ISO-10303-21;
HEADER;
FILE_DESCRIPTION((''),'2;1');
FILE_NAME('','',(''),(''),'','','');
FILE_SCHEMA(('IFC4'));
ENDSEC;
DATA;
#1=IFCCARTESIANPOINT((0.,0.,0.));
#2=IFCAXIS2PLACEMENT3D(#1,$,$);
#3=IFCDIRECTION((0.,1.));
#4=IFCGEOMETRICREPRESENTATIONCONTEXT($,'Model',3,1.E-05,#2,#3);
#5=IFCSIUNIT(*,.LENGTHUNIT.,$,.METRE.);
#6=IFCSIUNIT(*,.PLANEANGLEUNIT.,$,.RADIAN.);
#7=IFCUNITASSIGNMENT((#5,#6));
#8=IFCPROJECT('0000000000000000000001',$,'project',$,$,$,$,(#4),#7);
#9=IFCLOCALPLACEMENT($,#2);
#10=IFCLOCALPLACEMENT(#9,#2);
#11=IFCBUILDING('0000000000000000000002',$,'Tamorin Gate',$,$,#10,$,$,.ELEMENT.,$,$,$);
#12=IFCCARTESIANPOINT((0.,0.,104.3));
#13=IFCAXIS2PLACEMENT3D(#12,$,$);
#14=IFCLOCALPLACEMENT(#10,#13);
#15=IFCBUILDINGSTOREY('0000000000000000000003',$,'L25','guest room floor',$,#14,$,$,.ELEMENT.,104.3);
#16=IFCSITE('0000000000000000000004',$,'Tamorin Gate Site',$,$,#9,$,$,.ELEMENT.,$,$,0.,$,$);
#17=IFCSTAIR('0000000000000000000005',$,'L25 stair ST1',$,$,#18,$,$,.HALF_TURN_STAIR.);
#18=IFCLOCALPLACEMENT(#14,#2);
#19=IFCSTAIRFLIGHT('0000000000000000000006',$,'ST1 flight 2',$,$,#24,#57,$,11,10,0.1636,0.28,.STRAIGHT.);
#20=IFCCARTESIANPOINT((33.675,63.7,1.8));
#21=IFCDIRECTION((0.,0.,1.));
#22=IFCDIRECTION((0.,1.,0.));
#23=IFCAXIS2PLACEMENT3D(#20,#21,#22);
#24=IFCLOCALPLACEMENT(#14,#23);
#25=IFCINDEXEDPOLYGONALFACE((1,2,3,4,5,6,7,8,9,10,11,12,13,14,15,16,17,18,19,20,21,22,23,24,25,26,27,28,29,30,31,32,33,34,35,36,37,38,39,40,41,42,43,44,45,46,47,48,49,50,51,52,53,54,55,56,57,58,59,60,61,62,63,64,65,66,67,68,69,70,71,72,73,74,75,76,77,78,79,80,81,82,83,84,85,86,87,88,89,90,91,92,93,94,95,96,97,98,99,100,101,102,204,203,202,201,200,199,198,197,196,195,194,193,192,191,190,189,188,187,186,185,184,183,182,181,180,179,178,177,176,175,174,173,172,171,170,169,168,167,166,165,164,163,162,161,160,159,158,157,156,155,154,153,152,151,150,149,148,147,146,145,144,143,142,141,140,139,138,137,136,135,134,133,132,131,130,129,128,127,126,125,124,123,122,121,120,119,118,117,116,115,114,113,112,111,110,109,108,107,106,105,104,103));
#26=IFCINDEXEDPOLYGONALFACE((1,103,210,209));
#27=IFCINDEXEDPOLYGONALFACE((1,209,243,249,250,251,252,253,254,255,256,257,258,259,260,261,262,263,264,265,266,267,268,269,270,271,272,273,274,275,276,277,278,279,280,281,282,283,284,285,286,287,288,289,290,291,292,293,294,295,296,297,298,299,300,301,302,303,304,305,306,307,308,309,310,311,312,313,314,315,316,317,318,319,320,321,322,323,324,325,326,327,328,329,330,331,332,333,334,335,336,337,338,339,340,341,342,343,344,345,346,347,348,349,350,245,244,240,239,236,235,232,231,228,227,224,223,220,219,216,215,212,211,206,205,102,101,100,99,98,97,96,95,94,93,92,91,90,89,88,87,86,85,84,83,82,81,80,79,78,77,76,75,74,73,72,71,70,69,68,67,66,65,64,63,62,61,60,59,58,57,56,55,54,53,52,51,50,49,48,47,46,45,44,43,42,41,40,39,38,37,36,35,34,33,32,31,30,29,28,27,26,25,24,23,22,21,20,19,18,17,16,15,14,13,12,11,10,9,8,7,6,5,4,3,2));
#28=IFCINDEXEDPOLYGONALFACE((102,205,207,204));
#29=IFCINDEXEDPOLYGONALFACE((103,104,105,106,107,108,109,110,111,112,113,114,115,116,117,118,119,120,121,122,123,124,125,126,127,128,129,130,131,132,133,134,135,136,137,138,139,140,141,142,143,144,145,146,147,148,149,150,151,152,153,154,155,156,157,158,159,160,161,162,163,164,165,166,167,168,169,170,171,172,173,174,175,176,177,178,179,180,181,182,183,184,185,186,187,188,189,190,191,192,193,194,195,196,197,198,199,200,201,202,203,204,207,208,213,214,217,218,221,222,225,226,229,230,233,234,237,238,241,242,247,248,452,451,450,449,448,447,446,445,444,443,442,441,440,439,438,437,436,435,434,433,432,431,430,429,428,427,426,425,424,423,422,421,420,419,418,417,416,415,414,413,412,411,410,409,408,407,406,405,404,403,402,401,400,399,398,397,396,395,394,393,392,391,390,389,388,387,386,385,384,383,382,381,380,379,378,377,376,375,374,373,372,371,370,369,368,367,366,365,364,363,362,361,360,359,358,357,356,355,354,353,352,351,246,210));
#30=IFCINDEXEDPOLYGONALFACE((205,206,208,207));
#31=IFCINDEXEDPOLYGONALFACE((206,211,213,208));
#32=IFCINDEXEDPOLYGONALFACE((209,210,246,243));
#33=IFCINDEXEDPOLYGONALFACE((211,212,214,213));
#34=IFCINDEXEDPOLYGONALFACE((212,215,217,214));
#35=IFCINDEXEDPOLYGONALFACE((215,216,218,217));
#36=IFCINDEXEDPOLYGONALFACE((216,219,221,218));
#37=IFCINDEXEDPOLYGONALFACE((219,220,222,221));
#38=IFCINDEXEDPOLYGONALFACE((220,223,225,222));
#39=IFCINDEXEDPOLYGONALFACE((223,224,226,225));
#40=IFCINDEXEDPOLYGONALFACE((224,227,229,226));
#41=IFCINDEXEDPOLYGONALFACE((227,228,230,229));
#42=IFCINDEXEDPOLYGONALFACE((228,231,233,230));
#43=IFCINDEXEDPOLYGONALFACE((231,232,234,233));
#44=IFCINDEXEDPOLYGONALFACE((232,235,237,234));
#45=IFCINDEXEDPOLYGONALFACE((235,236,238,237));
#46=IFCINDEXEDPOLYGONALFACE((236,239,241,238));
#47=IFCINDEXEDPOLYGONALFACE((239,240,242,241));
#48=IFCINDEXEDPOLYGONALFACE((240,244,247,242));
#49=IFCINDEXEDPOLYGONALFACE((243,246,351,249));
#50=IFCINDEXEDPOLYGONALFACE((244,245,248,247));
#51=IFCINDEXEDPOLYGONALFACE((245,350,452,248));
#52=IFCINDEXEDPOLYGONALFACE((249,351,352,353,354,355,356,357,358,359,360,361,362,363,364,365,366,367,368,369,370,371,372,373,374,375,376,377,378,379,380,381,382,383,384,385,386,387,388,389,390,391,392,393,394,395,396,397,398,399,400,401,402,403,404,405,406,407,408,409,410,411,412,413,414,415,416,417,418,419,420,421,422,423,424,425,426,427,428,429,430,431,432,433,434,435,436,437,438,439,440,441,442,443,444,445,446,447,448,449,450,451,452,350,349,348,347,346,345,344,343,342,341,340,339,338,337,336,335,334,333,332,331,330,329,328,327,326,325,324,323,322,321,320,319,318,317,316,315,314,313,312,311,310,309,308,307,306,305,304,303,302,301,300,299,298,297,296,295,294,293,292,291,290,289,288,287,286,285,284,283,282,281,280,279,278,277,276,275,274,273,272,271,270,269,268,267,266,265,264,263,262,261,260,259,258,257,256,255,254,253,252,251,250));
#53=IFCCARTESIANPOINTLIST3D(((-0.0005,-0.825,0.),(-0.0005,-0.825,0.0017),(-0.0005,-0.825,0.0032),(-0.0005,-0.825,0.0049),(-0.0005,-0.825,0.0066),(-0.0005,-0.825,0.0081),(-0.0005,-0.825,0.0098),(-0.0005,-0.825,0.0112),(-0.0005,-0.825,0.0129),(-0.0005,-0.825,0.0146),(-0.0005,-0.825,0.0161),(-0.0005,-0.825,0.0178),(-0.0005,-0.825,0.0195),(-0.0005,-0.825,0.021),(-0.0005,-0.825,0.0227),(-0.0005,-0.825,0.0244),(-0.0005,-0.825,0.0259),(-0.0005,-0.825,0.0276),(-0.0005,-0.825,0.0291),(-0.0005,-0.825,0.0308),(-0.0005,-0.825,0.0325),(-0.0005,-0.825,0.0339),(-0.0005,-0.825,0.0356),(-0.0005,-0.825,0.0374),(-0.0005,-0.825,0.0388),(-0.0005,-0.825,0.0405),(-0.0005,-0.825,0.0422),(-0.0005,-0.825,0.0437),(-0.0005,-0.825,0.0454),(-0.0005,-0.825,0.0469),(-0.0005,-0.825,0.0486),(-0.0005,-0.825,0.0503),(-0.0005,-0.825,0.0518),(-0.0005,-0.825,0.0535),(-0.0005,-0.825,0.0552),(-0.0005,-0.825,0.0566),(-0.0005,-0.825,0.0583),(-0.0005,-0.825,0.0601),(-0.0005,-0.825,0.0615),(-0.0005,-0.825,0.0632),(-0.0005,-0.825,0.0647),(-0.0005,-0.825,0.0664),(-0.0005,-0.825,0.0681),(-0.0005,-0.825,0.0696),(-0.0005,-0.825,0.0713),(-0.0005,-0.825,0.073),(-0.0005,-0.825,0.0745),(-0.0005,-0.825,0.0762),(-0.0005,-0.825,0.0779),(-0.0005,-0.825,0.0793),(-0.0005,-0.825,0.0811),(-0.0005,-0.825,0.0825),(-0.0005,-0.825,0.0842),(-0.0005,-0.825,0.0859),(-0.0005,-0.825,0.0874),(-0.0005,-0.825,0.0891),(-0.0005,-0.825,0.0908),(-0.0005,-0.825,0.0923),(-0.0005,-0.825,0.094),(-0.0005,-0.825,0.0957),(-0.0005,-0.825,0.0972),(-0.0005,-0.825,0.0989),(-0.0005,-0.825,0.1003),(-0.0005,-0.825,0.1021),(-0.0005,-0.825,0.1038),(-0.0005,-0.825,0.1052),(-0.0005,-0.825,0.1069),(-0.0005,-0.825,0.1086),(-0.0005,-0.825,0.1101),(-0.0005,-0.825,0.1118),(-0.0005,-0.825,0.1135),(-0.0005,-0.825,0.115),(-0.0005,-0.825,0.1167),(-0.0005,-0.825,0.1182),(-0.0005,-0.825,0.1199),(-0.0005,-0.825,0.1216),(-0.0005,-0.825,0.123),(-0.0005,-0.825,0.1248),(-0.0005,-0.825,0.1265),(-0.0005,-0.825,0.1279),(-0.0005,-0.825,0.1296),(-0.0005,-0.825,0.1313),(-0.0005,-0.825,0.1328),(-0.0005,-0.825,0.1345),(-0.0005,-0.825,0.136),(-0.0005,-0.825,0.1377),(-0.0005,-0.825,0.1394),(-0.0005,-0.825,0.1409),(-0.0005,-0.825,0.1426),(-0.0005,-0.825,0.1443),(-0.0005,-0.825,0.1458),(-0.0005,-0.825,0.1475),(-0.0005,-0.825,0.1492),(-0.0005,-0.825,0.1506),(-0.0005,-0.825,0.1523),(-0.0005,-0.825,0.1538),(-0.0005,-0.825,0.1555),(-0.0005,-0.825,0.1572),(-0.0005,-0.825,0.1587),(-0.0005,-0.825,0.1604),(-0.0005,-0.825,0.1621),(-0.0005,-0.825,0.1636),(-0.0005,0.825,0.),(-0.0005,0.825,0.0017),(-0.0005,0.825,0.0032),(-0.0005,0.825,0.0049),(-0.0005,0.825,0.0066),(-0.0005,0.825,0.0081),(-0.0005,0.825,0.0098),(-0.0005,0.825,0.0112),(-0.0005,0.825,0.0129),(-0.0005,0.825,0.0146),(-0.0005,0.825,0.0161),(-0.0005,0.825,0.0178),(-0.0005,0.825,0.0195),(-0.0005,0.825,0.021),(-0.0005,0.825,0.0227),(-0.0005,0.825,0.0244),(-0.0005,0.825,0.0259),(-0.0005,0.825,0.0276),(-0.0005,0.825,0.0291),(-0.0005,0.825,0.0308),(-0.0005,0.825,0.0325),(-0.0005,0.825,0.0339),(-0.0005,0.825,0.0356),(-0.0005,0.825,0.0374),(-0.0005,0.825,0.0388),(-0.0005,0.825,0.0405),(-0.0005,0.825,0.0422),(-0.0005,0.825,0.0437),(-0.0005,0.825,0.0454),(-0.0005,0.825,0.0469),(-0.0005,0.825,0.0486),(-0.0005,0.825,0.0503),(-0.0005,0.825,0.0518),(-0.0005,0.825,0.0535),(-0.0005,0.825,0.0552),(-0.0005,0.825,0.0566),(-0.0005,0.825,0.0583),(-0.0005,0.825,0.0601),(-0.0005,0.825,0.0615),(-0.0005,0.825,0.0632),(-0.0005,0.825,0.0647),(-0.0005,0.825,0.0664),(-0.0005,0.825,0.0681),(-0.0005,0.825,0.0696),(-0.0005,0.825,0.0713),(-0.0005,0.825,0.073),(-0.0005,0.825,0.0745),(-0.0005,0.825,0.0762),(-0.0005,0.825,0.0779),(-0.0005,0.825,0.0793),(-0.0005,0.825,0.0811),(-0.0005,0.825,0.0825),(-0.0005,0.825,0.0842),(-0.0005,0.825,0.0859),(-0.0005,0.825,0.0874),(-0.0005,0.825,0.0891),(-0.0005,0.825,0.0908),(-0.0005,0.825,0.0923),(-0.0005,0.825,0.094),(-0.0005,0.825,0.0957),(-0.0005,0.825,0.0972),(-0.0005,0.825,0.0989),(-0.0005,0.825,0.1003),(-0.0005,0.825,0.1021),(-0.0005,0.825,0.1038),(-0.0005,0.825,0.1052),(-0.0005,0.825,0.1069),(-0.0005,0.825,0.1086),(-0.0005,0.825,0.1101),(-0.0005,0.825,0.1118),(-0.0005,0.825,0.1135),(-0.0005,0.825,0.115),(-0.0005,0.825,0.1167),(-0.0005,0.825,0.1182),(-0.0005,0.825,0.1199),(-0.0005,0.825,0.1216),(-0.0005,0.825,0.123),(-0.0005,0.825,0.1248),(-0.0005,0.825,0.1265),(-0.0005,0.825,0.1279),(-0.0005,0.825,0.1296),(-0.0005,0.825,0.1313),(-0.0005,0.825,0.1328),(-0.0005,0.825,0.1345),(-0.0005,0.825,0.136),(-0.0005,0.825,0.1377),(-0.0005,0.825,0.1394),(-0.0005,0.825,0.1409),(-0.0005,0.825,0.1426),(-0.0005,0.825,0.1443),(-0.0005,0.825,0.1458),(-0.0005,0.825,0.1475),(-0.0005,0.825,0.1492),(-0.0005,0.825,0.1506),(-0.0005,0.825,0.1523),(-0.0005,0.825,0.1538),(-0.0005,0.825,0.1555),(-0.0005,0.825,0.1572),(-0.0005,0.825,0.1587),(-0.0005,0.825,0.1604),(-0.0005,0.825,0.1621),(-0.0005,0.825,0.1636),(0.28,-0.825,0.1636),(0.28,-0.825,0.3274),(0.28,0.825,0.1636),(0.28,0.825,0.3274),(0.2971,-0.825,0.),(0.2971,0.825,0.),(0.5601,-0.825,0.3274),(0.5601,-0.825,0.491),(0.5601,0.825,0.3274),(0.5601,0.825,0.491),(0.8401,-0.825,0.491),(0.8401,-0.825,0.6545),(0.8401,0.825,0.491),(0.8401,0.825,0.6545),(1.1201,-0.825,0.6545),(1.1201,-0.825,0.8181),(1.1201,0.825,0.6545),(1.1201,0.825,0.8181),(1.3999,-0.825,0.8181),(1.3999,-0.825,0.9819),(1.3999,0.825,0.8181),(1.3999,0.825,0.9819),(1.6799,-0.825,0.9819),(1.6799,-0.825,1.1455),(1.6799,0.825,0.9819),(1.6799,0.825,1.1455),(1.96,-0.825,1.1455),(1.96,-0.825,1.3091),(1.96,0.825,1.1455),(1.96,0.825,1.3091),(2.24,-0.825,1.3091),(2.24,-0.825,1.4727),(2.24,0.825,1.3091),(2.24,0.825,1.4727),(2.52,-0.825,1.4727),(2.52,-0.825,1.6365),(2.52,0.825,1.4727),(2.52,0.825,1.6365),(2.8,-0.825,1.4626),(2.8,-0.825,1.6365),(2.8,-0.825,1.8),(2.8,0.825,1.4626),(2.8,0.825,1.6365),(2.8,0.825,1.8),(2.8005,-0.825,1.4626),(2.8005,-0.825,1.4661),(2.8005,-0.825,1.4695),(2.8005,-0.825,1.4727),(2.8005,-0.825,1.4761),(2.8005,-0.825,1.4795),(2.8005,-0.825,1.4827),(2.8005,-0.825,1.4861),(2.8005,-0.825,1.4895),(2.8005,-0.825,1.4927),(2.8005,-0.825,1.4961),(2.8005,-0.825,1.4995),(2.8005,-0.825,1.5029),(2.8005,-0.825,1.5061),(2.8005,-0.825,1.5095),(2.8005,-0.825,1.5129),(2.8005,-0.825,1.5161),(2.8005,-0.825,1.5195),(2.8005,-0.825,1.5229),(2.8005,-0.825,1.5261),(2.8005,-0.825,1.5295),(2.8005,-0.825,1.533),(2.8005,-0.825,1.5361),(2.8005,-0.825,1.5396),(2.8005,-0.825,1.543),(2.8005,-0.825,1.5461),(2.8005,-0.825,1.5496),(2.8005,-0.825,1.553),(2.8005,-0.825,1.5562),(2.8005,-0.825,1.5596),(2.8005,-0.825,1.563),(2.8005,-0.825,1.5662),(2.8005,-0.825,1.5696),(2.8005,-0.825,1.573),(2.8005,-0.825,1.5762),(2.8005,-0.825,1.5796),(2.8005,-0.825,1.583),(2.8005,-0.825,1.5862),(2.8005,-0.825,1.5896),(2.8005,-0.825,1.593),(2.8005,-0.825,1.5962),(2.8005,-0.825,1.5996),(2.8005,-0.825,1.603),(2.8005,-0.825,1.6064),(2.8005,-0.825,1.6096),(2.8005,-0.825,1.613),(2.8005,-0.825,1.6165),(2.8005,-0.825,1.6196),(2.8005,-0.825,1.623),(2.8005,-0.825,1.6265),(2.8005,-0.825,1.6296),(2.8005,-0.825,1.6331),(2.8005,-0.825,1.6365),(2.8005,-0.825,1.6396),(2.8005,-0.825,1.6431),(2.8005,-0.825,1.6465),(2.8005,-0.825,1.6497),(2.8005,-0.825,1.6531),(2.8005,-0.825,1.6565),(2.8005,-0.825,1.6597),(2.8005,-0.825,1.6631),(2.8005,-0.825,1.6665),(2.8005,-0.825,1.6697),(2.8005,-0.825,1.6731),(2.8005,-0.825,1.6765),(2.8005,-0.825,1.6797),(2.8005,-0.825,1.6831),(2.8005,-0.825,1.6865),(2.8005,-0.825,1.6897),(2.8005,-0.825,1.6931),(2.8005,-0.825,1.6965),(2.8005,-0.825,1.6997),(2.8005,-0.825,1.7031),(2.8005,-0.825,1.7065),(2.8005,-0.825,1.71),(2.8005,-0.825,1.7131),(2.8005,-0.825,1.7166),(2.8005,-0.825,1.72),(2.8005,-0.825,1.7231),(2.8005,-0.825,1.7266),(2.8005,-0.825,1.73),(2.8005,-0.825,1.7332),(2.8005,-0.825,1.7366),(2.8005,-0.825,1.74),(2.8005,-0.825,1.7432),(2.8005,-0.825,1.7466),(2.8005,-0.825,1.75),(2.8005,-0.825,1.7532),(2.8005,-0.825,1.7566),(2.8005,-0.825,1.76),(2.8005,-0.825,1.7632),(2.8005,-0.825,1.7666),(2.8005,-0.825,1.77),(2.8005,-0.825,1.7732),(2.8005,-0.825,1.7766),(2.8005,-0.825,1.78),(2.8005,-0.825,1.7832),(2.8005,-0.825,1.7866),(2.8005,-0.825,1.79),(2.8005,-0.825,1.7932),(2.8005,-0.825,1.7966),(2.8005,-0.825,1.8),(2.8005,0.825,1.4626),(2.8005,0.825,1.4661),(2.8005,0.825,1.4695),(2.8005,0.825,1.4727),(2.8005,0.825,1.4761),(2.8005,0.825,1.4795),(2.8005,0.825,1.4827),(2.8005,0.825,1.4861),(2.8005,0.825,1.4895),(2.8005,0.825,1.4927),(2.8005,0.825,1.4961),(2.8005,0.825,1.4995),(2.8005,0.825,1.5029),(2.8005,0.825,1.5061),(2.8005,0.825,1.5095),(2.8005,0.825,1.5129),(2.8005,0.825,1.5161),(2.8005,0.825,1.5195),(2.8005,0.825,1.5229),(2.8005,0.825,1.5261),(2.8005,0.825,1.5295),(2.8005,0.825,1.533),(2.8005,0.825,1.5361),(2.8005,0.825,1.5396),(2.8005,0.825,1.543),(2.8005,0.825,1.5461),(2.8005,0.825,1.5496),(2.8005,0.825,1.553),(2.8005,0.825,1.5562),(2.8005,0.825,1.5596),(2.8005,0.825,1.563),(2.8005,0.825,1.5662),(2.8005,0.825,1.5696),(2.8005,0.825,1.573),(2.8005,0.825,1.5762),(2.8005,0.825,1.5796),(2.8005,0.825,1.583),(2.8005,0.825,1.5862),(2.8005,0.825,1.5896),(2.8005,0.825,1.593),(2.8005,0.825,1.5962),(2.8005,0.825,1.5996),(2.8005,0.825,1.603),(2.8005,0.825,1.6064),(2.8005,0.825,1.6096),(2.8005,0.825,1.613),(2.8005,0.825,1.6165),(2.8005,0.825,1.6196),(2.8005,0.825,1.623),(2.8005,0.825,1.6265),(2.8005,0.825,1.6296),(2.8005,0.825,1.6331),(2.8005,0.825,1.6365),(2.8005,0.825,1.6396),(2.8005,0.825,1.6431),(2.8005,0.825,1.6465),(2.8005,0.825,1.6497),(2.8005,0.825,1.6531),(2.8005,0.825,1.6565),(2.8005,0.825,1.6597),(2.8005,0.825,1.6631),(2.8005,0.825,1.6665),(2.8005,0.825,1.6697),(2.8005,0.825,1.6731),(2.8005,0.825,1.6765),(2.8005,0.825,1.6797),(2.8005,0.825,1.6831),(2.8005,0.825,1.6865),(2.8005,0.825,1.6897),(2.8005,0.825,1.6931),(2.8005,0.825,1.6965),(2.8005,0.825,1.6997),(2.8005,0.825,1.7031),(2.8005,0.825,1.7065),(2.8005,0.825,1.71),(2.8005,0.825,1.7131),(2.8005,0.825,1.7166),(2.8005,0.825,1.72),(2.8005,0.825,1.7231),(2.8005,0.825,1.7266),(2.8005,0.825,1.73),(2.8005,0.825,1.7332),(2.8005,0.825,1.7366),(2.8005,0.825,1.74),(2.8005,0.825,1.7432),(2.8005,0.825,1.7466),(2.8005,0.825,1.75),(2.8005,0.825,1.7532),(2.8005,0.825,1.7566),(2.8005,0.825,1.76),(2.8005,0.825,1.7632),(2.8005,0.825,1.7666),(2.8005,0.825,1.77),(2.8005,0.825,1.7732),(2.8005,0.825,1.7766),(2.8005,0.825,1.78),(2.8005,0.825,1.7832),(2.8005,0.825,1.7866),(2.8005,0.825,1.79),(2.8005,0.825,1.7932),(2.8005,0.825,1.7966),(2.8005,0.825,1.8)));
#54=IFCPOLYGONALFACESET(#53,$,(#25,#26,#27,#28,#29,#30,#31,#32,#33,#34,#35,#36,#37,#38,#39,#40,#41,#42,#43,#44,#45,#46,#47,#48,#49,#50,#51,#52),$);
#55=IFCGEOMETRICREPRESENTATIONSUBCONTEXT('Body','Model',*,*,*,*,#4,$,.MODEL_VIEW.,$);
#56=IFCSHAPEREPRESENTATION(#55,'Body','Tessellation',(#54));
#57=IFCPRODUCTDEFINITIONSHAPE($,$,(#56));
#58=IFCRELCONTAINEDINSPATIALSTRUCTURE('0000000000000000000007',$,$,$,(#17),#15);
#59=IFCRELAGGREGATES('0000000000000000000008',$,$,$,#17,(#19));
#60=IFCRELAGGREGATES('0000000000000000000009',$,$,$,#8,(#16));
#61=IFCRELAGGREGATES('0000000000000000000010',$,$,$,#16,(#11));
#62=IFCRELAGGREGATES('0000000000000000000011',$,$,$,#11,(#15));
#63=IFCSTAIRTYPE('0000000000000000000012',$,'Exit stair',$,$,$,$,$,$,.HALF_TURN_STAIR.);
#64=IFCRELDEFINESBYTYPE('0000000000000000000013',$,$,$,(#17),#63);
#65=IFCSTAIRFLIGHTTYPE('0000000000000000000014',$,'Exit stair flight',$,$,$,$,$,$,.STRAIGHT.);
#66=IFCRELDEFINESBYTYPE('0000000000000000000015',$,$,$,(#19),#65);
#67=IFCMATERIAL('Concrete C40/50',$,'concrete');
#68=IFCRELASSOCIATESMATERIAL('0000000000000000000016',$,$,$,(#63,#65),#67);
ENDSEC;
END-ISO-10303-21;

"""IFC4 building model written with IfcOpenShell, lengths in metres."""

from ifc_helpers import new_model, si_unit, direction, frame, origin, place, context, subcontext, project, spatial, polyline, outline, extrude, material, type_object, element, aggregate, save


model = new_model("IFC4")

# Units and contexts
model_context = context("Model", 3, precision=1e-05, world=origin(), true_north=direction((0.0, 1.0)))
body_context = subcontext(model_context, "Body", "Model", "MODEL_VIEW")
ifc_project = project(units=[si_unit("LENGTHUNIT", "METRE"), si_unit("PLANEANGLEUNIT", "RADIAN")], contexts=[model_context])

# Site, building, storey
site_placement = place(None, origin())
site = spatial("IfcSite", under=ifc_project, at=site_placement, Name="Tamorin Gate Site", CompositionType="ELEMENT", RefElevation=0.0)
building_placement = place(site_placement, origin())
building = spatial("IfcBuilding", under=site, at=building_placement, Name="Tamorin Gate", CompositionType="ELEMENT")
storey_placement = place(building_placement, frame((0.0, 0.0, 104.3)))
storey = spatial("IfcBuildingStorey", under=building, at=storey_placement, Name="L25", Description="guest room floor", CompositionType="ELEMENT", Elevation=104.3)

# Shared definitions
ifc_material_1 = material(Name="Concrete C40/50", Category="concrete")

# Stair, stair flight
stair_type = type_object("IfcStairType", Name="Exit stair", PredefinedType="HALF_TURN_STAIR", material=ifc_material_1)
stair_placement = place(storey_placement, origin())
stair = element("IfcStair", 1, at=stair_placement, inside=storey, type_object=stair_type, Name="L25 stair ST1", PredefinedType="HALF_TURN_STAIR")
stair_flight_type = type_object("IfcStairFlightType", Name="Exit stair flight", PredefinedType="STRAIGHT", material=ifc_material_1)
stair_flight_1_placement = place(storey_placement, frame((33.675, 63.7, 1.8), z_axis=(0.0, 0.0, 1.0), x_axis=(0.0, 1.0, 0.0)))
stair_flight_1 = element("IfcStairFlight", 2, at=stair_flight_1_placement, type_object=stair_flight_type, Name="ST1 flight 2", NumberOfRisers=11, NumberOfTreads=10, PredefinedType="STRAIGHT", RiserHeight=0.1636, TreadLength=0.28, context=body_context, shape_type="SweptSolid", body=[
    extrude(outline(polyline([(-0.0005, 0.0), (-0.0005, 0.0017), (-0.0005, 0.0032), (-0.0005, 0.0049), (-0.0005, 0.0066), (-0.0005, 0.0081), (-0.0005, 0.0098), (-0.0005, 0.0112), (-0.0005, 0.0129), (-0.0005, 0.0146), (-0.0005, 0.0161), (-0.0005, 0.0178), (-0.0005, 0.0195), (-0.0005, 0.021), (-0.0005, 0.0227), (-0.0005, 0.0244), (-0.0005, 0.0259), (-0.0005, 0.0276), (-0.0005, 0.0291), (-0.0005, 0.0308), (-0.0005, 0.0325), (-0.0005, 0.0339), (-0.0005, 0.0356), (-0.0005, 0.0374), (-0.0005, 0.0388), (-0.0005, 0.0405), (-0.0005, 0.0422), (-0.0005, 0.0437), (-0.0005, 0.0454), (-0.0005, 0.0469), (-0.0005, 0.0486), (-0.0005, 0.0503), (-0.0005, 0.0518), (-0.0005, 0.0535), (-0.0005, 0.0552), (-0.0005, 0.0566), (-0.0005, 0.0583), (-0.0005, 0.0601), (-0.0005, 0.0615), (-0.0005, 0.0632), (-0.0005, 0.0647), (-0.0005, 0.0664), (-0.0005, 0.0681), (-0.0005, 0.0696), (-0.0005, 0.0713), (-0.0005, 0.073), (-0.0005, 0.0745), (-0.0005, 0.0762), (-0.0005, 0.0779), (-0.0005, 0.0793), (-0.0005, 0.0811), (-0.0005, 0.0825), (-0.0005, 0.0842), (-0.0005, 0.0859), (-0.0005, 0.0874), (-0.0005, 0.0891), (-0.0005, 0.0908), (-0.0005, 0.0923), (-0.0005, 0.094), (-0.0005, 0.0957), (-0.0005, 0.0972), (-0.0005, 0.0989), (-0.0005, 0.1003), (-0.0005, 0.1021), (-0.0005, 0.1038), (-0.0005, 0.1052), (-0.0005, 0.1069), (-0.0005, 0.1086), (-0.0005, 0.1101), (-0.0005, 0.1118), (-0.0005, 0.1135), (-0.0005, 0.115), (-0.0005, 0.1167), (-0.0005, 0.1182), (-0.0005, 0.1199), (-0.0005, 0.1216), (-0.0005, 0.123), (-0.0005, 0.1248), (-0.0005, 0.1265), (-0.0005, 0.1279), (-0.0005, 0.1296), (-0.0005, 0.1313), (-0.0005, 0.1328), (-0.0005, 0.1345), (-0.0005, 0.136), (-0.0005, 0.1377), (-0.0005, 0.1394), (-0.0005, 0.1409), (-0.0005, 0.1426), (-0.0005, 0.1443), (-0.0005, 0.1458), (-0.0005, 0.1475), (-0.0005, 0.1492), (-0.0005, 0.1506), (-0.0005, 0.1523), (-0.0005, 0.1538), (-0.0005, 0.1555), (-0.0005, 0.1572), (-0.0005, 0.1587), (-0.0005, 0.1604), (-0.0005, 0.1621), (-0.0005, 0.1636), (0.28, 0.1636), (0.28, 0.3274), (0.5601, 0.3274), (0.5601, 0.491), (0.8401, 0.491), (0.8401, 0.6545), (1.1201, 0.6545), (1.1201, 0.8181), (1.3999, 0.8181), (1.3999, 0.9819), (1.6799, 0.9819), (1.6799, 1.1455), (1.96, 1.1455), (1.96, 1.3091), (2.24, 1.3091), (2.24, 1.4727), (2.52, 1.4727), (2.52, 1.6365), (2.8, 1.6365), (2.8, 1.8), (2.8005, 1.8), (2.8005, 1.7966), (2.8005, 1.7932), (2.8005, 1.79), (2.8005, 1.7866), (2.8005, 1.7832), (2.8005, 1.78), (2.8005, 1.7766), (2.8005, 1.7732), (2.8005, 1.77), (2.8005, 1.7666), (2.8005, 1.7632), (2.8005, 1.76), (2.8005, 1.7566), (2.8005, 1.7532), (2.8005, 1.75), (2.8005, 1.7466), (2.8005, 1.7432), (2.8005, 1.74), (2.8005, 1.7366), (2.8005, 1.7332), (2.8005, 1.73), (2.8005, 1.7266), (2.8005, 1.7231), (2.8005, 1.72), (2.8005, 1.7166), (2.8005, 1.7131), (2.8005, 1.71), (2.8005, 1.7065), (2.8005, 1.7031), (2.8005, 1.6997), (2.8005, 1.6965), (2.8005, 1.6931), (2.8005, 1.6897), (2.8005, 1.6865), (2.8005, 1.6831), (2.8005, 1.6797), (2.8005, 1.6765), (2.8005, 1.6731), (2.8005, 1.6697), (2.8005, 1.6665), (2.8005, 1.6631), (2.8005, 1.6597), (2.8005, 1.6565), (2.8005, 1.6531), (2.8005, 1.6497), (2.8005, 1.6465), (2.8005, 1.6431), (2.8005, 1.6396), (2.8005, 1.6365), (2.8005, 1.6331), (2.8005, 1.6296), (2.8005, 1.6265), (2.8005, 1.623), (2.8005, 1.6196), (2.8005, 1.6165), (2.8005, 1.613), (2.8005, 1.6096), (2.8005, 1.6064), (2.8005, 1.603), (2.8005, 1.5996), (2.8005, 1.5962), (2.8005, 1.593), (2.8005, 1.5896), (2.8005, 1.5862), (2.8005, 1.583), (2.8005, 1.5796), (2.8005, 1.5762), (2.8005, 1.573), (2.8005, 1.5696), (2.8005, 1.5662), (2.8005, 1.563), (2.8005, 1.5596), (2.8005, 1.5562), (2.8005, 1.553), (2.8005, 1.5496), (2.8005, 1.5461), (2.8005, 1.543), (2.8005, 1.5396), (2.8005, 1.5361), (2.8005, 1.533), (2.8005, 1.5295), (2.8005, 1.5261), (2.8005, 1.5229), (2.8005, 1.5195), (2.8005, 1.5161), (2.8005, 1.5129), (2.8005, 1.5095), (2.8005, 1.5061), (2.8005, 1.5029), (2.8005, 1.4995), (2.8005, 1.4961), (2.8005, 1.4927), (2.8005, 1.4895), (2.8005, 1.4861), (2.8005, 1.4827), (2.8005, 1.4795), (2.8005, 1.4761), (2.8005, 1.4727), (2.8005, 1.4695), (2.8005, 1.4661), (2.8005, 1.4626), (2.8, 1.4626), (0.2971, 0.0), (-0.0005, 0.0)])), frame((0.0, 0.825, 0.0), z_axis=(0.0, -1.0, 0.0), x_axis=(1.0, 0.0, 0.0)), (0.0, 0.0, 1.0), 1.6499),
])
aggregate(stair, [stair_flight_1])

save(model, "model.ifc")
